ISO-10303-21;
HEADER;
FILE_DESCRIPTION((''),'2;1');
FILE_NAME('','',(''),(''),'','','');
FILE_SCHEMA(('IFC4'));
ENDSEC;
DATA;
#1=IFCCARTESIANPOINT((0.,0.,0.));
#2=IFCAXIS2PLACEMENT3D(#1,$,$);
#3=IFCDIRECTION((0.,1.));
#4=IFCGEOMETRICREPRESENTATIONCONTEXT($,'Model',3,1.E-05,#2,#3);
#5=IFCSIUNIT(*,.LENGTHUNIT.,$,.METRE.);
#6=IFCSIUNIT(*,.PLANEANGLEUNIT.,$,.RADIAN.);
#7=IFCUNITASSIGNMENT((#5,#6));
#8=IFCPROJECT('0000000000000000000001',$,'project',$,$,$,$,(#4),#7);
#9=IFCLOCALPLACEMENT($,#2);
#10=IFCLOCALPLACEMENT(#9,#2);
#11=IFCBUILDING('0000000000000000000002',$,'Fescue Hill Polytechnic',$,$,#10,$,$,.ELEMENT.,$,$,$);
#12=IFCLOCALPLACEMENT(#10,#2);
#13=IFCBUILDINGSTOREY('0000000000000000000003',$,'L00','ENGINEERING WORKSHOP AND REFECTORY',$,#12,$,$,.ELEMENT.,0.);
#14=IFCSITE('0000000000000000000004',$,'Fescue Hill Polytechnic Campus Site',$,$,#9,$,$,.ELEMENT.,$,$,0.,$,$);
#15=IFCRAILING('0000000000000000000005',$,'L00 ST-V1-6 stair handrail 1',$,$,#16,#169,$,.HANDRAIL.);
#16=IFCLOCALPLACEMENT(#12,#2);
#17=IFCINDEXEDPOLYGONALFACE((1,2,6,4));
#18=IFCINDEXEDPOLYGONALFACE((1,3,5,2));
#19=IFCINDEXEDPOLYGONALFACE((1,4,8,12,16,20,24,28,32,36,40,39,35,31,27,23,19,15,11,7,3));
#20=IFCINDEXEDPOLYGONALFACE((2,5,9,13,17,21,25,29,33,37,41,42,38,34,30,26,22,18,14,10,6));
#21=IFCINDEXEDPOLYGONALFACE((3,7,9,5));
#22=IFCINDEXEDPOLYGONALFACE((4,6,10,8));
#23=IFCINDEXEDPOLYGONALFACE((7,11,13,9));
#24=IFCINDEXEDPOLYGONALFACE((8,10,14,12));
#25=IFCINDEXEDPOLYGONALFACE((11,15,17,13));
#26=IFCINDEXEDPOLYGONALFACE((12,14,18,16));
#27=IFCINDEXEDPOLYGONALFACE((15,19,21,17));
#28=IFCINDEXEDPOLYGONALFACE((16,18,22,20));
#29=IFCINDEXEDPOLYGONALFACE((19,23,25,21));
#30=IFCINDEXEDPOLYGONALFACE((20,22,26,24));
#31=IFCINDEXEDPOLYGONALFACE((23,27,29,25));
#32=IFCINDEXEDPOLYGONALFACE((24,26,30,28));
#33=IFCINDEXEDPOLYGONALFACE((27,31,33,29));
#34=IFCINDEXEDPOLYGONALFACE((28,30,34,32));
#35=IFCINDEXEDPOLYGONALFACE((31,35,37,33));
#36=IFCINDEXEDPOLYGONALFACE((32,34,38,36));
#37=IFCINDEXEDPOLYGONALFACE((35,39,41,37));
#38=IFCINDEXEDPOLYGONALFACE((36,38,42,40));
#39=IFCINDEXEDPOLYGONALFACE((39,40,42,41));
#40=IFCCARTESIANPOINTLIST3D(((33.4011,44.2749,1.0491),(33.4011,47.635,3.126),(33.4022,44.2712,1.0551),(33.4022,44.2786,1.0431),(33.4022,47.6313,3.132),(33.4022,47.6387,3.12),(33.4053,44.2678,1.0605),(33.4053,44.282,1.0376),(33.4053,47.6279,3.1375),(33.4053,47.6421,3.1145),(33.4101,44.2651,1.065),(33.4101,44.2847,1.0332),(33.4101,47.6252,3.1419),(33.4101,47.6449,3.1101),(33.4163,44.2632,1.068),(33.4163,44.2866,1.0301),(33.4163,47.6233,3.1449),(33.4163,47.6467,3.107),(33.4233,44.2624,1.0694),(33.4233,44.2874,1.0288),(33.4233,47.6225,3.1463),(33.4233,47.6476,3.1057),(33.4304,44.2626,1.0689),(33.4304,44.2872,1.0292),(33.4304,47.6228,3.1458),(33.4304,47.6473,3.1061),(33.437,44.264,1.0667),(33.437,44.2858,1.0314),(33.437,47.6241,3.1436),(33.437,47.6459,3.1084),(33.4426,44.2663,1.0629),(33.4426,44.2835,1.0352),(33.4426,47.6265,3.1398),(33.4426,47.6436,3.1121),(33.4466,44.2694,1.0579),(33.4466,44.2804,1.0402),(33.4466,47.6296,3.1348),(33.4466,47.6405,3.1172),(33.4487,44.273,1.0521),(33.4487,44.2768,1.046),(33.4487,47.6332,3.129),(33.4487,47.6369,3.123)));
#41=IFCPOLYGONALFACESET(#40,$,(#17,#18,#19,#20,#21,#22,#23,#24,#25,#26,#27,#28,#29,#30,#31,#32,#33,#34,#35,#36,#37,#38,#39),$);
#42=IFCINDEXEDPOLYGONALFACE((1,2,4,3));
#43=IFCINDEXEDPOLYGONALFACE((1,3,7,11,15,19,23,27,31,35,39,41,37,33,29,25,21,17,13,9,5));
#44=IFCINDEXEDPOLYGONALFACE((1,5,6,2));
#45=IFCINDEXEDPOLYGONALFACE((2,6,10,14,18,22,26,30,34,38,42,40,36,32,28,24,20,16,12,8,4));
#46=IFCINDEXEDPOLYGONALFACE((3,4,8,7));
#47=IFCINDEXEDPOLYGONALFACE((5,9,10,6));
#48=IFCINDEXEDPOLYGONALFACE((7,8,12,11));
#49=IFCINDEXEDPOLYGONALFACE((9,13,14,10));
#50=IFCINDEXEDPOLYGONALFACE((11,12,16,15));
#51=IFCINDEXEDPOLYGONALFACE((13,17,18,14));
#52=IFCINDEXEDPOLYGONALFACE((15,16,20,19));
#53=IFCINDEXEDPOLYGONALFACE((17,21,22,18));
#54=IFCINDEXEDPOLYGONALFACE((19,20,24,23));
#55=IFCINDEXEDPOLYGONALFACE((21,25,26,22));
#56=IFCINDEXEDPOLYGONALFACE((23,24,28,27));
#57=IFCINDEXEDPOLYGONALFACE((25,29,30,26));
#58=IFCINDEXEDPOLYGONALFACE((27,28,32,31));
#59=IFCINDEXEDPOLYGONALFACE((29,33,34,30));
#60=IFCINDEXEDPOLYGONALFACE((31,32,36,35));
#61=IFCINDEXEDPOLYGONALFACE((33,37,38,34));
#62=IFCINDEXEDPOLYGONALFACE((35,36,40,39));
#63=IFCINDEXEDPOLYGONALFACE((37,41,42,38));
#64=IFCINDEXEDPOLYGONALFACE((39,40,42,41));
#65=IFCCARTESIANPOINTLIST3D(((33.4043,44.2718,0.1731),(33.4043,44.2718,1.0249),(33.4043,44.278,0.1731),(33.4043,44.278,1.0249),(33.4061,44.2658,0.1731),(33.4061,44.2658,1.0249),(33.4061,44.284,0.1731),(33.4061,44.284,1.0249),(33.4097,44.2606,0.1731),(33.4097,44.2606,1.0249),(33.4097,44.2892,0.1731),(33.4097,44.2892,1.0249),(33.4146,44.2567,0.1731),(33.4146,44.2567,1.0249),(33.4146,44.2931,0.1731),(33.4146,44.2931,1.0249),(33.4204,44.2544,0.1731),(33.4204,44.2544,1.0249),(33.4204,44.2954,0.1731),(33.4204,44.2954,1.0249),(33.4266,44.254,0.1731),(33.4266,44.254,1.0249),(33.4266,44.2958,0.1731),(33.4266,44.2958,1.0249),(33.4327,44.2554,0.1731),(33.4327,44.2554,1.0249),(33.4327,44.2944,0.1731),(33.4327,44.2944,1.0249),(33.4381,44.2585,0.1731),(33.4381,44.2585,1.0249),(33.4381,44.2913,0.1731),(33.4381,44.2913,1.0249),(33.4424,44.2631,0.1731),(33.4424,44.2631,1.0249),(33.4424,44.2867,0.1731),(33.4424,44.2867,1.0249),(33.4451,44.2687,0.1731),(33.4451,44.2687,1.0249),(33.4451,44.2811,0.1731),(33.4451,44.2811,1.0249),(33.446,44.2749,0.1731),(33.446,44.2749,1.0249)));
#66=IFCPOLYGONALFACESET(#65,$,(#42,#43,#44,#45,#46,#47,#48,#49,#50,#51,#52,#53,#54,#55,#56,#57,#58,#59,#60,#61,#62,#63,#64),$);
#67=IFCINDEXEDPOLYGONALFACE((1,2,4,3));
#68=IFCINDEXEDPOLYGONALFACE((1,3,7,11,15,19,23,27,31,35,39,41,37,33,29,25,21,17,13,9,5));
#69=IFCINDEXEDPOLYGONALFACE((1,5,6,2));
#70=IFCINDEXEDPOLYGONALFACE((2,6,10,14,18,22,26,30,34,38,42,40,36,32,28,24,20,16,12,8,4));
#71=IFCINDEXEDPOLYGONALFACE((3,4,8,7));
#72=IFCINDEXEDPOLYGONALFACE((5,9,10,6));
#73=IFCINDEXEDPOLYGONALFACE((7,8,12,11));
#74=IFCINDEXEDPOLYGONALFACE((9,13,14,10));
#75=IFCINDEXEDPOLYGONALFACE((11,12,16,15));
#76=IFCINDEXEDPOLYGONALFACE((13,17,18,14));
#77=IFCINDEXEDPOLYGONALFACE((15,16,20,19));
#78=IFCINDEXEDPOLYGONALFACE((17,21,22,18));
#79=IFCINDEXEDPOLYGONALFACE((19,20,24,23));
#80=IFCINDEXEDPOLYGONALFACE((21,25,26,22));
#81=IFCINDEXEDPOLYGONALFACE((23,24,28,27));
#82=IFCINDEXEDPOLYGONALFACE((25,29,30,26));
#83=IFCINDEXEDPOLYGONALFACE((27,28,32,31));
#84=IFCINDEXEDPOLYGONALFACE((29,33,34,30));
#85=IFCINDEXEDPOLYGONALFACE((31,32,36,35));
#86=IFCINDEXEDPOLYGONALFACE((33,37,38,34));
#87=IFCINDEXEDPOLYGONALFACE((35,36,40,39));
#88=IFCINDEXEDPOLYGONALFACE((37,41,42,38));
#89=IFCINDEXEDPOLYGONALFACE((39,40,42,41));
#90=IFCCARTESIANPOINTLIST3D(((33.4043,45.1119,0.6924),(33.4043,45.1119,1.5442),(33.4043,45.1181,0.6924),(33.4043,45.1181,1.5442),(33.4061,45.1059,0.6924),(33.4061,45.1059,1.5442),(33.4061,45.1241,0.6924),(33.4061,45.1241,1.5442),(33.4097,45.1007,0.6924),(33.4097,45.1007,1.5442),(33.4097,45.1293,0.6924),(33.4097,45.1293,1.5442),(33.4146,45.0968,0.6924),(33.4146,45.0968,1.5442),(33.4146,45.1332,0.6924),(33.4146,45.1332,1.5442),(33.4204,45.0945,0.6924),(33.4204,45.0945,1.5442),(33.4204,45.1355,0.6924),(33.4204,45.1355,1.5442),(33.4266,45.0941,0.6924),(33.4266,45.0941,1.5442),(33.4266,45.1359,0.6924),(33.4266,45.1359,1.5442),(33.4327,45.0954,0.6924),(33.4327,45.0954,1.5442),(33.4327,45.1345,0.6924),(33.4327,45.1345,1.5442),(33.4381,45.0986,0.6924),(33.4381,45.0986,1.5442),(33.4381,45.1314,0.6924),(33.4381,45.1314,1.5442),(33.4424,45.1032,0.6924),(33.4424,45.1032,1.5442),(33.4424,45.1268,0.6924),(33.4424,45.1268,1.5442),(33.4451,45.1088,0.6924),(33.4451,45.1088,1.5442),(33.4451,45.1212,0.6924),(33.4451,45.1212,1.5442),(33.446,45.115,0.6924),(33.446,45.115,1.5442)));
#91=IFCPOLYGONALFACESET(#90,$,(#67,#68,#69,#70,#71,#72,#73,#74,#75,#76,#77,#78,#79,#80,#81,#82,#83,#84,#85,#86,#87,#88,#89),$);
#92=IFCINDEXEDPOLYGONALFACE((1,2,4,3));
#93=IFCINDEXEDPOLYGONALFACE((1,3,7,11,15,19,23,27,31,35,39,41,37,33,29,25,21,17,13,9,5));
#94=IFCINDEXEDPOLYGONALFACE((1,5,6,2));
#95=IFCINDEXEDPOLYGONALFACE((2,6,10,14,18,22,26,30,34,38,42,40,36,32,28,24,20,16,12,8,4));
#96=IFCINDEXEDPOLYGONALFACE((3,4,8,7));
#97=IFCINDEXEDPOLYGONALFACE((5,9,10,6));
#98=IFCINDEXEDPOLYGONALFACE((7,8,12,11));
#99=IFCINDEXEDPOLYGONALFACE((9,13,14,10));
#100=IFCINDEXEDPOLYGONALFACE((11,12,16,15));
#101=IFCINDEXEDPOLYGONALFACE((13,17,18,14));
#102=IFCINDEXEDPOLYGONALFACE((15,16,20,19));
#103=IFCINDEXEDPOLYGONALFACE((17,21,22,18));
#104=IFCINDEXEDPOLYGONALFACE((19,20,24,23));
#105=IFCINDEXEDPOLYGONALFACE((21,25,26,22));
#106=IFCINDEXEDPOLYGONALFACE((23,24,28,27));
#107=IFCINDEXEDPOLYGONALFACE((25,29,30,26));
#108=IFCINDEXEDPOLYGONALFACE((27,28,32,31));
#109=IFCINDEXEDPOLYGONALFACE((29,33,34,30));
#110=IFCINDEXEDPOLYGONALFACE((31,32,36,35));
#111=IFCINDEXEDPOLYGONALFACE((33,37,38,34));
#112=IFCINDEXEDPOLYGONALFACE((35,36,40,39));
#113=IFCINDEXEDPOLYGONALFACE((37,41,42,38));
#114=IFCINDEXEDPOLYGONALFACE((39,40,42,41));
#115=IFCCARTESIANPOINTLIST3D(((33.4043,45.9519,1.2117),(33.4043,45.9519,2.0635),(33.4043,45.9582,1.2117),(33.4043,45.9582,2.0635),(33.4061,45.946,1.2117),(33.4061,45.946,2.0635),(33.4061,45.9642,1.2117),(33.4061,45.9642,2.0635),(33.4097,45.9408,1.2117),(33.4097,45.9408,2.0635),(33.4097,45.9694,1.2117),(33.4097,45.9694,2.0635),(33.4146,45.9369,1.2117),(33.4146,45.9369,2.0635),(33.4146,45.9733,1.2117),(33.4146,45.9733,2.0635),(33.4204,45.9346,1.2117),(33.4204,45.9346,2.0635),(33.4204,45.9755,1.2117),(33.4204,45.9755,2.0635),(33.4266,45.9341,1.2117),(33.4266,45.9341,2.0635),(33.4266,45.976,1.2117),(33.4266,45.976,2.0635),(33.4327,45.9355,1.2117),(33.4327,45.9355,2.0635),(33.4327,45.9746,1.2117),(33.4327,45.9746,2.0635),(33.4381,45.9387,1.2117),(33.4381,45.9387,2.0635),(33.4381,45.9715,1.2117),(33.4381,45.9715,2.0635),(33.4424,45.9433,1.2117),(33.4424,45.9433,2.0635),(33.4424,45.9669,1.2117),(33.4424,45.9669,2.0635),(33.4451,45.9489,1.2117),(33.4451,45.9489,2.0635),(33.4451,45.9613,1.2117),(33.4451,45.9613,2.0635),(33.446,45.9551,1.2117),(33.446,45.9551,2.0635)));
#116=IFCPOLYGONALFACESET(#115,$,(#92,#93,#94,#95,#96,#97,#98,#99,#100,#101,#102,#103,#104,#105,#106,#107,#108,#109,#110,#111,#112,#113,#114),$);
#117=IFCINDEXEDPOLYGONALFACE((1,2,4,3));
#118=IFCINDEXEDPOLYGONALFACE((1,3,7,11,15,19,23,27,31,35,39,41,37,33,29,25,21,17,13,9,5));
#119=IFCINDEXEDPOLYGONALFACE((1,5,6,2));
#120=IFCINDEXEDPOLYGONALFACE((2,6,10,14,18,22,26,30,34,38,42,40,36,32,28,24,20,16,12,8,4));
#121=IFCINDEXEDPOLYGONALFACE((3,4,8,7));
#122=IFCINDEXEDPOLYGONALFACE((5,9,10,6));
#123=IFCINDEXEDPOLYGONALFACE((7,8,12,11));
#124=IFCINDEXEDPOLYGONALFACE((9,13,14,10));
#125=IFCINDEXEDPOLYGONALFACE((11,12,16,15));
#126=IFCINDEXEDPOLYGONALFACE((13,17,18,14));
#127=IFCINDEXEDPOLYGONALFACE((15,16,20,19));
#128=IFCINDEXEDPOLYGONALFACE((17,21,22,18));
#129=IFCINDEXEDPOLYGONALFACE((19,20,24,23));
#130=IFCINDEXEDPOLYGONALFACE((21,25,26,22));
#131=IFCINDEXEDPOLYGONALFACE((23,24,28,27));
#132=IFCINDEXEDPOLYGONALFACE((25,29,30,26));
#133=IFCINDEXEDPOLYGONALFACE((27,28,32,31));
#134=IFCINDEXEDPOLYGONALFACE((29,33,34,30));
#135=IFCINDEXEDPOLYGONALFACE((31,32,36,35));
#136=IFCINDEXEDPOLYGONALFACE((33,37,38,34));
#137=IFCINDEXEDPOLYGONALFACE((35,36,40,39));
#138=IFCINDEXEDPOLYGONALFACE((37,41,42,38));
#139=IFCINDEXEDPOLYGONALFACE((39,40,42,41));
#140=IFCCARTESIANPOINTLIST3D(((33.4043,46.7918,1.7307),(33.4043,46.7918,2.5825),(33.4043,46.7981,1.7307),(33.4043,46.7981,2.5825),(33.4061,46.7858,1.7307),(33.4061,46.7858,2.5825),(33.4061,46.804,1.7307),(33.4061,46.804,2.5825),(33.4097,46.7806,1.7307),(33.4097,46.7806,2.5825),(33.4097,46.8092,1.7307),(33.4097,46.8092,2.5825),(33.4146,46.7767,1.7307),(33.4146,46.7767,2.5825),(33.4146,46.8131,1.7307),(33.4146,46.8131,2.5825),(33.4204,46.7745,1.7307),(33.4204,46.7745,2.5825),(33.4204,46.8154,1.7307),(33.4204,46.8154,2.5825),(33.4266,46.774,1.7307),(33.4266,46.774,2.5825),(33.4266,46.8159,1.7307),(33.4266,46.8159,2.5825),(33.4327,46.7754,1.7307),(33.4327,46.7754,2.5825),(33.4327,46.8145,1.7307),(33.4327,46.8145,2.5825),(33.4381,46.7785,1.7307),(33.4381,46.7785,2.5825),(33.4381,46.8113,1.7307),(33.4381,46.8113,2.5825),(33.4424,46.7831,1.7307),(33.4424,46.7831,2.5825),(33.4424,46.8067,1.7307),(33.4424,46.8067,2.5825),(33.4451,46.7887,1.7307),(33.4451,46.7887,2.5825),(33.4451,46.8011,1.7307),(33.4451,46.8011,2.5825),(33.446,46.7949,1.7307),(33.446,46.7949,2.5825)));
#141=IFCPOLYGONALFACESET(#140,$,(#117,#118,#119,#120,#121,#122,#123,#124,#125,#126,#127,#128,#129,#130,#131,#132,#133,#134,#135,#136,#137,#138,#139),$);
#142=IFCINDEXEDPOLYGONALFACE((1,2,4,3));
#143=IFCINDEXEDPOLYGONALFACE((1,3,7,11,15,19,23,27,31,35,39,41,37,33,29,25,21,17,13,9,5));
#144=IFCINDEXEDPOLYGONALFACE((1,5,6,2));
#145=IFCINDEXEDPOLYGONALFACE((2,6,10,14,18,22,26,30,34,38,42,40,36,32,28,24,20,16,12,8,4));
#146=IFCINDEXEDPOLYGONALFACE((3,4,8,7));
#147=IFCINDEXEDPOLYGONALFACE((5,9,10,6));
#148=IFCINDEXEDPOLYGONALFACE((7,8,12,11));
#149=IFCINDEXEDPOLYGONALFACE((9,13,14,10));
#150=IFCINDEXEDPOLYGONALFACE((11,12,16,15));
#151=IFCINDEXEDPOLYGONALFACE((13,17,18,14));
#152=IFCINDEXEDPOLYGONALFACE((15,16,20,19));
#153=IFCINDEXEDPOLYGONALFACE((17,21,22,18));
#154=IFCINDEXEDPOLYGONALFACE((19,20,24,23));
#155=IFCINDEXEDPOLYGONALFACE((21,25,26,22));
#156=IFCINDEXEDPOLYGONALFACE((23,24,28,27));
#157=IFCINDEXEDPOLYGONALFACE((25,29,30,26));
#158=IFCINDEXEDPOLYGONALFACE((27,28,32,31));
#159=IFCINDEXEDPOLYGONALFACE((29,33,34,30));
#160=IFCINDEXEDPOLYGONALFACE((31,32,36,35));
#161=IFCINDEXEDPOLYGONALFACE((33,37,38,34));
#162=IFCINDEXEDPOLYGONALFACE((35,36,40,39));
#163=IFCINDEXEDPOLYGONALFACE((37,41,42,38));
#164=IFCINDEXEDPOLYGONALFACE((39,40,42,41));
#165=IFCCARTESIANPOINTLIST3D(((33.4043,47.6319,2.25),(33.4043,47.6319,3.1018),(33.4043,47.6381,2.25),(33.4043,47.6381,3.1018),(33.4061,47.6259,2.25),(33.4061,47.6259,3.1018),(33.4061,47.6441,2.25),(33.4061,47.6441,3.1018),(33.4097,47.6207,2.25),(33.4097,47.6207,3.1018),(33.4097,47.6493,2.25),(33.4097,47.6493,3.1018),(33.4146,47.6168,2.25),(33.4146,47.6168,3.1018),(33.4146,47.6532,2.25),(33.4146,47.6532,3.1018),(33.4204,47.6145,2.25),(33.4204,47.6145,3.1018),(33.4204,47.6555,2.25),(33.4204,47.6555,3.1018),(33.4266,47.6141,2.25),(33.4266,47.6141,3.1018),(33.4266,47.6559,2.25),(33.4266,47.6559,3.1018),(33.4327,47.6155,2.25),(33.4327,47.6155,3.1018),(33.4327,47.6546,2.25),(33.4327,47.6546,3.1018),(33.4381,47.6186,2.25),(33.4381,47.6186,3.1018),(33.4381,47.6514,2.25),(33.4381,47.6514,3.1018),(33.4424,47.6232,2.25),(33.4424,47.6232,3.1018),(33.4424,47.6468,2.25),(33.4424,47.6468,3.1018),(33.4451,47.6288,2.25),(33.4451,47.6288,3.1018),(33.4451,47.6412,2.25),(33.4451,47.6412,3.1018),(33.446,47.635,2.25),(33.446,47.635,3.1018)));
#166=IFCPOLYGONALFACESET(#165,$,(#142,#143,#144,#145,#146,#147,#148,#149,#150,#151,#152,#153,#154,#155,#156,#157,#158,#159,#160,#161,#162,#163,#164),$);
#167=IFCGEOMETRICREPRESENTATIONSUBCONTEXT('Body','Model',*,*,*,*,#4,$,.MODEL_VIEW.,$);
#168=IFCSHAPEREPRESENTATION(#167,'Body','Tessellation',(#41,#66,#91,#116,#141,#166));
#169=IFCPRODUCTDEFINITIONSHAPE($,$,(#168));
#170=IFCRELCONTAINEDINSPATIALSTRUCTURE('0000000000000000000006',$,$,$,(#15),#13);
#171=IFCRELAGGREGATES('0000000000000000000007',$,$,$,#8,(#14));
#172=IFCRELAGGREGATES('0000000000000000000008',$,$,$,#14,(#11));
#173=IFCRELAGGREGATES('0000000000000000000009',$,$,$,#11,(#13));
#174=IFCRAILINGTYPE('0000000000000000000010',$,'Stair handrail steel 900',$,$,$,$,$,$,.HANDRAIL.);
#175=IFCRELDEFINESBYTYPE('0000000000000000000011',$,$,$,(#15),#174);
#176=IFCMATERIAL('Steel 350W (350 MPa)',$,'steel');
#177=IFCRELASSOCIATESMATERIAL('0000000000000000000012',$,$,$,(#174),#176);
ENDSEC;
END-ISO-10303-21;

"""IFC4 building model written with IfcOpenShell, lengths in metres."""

from ifc_helpers import new_model, si_unit, direction, frame, origin, origin_2d, place, context, subcontext, project, spatial, circle, extrude, material, type_object, element, save


model = new_model("IFC4")

# Units and contexts
model_context = context("Model", 3, precision=1e-05, world=origin(), true_north=direction((0.0, 1.0)))
body_context = subcontext(model_context, "Body", "Model", "MODEL_VIEW")
ifc_project = project(units=[si_unit("LENGTHUNIT", "METRE"), si_unit("PLANEANGLEUNIT", "RADIAN")], contexts=[model_context])

# Site, building, storey
site_placement = place(None, origin())
site = spatial("IfcSite", under=ifc_project, at=site_placement, Name="Fescue Hill Polytechnic Campus Site", CompositionType="ELEMENT", RefElevation=0.0)
building_placement = place(site_placement, origin())
building = spatial("IfcBuilding", under=site, at=building_placement, Name="Fescue Hill Polytechnic", CompositionType="ELEMENT")
storey_placement = place(building_placement, origin())
storey = spatial("IfcBuildingStorey", under=building, at=storey_placement, Name="L00", Description="ENGINEERING WORKSHOP AND REFECTORY", CompositionType="ELEMENT", Elevation=0.0)

# Railing
ifc_material_1 = material(Name="Steel 350W (350 MPa)", Category="steel")
railing_type = type_object("IfcRailingType", Name="Stair handrail steel 900", PredefinedType="HANDRAIL", material=ifc_material_1)
railing_placement = place(storey_placement, frame((33.425, 44.2749, 0.1731)))
element("IfcRailing", 1, at=railing_placement, inside=storey, type_object=railing_type, Name="L00 ST-V1-6 stair handrail 1", PredefinedType="HANDRAIL", context=body_context, shape_type="SweptSolid", body=[
    extrude(circle(Radius=0.0239, at=origin_2d()), frame((0.0, 0.0, 0.876), z_axis=(0.0, 0.850623, 0.525776), x_axis=(-1.0, 0.0, 0.0)), (0.0, 0.0, 1.0), 3.9502),
    extrude(circle(Radius=0.021, at=origin_2d()), origin(), (0.0, 0.0, 1.0), 0.8518),
    extrude(circle(Radius=0.021, at=origin_2d()), frame((0.0, 0.8401, 0.5193)), (0.0, 0.0, 1.0), 0.8518),
    extrude(circle(Radius=0.021, at=origin_2d()), frame((0.0, 1.6802, 1.0386)), (0.0, 0.0, 1.0), 0.8518),
    extrude(circle(Radius=0.021, at=origin_2d()), frame((0.0, 2.52, 1.5576)), (0.0, 0.0, 1.0), 0.8518),
    extrude(circle(Radius=0.021, at=origin_2d()), frame((0.0, 3.3601, 2.0769)), (0.0, 0.0, 1.0), 0.8518),
])

save(model, "model.ifc")
